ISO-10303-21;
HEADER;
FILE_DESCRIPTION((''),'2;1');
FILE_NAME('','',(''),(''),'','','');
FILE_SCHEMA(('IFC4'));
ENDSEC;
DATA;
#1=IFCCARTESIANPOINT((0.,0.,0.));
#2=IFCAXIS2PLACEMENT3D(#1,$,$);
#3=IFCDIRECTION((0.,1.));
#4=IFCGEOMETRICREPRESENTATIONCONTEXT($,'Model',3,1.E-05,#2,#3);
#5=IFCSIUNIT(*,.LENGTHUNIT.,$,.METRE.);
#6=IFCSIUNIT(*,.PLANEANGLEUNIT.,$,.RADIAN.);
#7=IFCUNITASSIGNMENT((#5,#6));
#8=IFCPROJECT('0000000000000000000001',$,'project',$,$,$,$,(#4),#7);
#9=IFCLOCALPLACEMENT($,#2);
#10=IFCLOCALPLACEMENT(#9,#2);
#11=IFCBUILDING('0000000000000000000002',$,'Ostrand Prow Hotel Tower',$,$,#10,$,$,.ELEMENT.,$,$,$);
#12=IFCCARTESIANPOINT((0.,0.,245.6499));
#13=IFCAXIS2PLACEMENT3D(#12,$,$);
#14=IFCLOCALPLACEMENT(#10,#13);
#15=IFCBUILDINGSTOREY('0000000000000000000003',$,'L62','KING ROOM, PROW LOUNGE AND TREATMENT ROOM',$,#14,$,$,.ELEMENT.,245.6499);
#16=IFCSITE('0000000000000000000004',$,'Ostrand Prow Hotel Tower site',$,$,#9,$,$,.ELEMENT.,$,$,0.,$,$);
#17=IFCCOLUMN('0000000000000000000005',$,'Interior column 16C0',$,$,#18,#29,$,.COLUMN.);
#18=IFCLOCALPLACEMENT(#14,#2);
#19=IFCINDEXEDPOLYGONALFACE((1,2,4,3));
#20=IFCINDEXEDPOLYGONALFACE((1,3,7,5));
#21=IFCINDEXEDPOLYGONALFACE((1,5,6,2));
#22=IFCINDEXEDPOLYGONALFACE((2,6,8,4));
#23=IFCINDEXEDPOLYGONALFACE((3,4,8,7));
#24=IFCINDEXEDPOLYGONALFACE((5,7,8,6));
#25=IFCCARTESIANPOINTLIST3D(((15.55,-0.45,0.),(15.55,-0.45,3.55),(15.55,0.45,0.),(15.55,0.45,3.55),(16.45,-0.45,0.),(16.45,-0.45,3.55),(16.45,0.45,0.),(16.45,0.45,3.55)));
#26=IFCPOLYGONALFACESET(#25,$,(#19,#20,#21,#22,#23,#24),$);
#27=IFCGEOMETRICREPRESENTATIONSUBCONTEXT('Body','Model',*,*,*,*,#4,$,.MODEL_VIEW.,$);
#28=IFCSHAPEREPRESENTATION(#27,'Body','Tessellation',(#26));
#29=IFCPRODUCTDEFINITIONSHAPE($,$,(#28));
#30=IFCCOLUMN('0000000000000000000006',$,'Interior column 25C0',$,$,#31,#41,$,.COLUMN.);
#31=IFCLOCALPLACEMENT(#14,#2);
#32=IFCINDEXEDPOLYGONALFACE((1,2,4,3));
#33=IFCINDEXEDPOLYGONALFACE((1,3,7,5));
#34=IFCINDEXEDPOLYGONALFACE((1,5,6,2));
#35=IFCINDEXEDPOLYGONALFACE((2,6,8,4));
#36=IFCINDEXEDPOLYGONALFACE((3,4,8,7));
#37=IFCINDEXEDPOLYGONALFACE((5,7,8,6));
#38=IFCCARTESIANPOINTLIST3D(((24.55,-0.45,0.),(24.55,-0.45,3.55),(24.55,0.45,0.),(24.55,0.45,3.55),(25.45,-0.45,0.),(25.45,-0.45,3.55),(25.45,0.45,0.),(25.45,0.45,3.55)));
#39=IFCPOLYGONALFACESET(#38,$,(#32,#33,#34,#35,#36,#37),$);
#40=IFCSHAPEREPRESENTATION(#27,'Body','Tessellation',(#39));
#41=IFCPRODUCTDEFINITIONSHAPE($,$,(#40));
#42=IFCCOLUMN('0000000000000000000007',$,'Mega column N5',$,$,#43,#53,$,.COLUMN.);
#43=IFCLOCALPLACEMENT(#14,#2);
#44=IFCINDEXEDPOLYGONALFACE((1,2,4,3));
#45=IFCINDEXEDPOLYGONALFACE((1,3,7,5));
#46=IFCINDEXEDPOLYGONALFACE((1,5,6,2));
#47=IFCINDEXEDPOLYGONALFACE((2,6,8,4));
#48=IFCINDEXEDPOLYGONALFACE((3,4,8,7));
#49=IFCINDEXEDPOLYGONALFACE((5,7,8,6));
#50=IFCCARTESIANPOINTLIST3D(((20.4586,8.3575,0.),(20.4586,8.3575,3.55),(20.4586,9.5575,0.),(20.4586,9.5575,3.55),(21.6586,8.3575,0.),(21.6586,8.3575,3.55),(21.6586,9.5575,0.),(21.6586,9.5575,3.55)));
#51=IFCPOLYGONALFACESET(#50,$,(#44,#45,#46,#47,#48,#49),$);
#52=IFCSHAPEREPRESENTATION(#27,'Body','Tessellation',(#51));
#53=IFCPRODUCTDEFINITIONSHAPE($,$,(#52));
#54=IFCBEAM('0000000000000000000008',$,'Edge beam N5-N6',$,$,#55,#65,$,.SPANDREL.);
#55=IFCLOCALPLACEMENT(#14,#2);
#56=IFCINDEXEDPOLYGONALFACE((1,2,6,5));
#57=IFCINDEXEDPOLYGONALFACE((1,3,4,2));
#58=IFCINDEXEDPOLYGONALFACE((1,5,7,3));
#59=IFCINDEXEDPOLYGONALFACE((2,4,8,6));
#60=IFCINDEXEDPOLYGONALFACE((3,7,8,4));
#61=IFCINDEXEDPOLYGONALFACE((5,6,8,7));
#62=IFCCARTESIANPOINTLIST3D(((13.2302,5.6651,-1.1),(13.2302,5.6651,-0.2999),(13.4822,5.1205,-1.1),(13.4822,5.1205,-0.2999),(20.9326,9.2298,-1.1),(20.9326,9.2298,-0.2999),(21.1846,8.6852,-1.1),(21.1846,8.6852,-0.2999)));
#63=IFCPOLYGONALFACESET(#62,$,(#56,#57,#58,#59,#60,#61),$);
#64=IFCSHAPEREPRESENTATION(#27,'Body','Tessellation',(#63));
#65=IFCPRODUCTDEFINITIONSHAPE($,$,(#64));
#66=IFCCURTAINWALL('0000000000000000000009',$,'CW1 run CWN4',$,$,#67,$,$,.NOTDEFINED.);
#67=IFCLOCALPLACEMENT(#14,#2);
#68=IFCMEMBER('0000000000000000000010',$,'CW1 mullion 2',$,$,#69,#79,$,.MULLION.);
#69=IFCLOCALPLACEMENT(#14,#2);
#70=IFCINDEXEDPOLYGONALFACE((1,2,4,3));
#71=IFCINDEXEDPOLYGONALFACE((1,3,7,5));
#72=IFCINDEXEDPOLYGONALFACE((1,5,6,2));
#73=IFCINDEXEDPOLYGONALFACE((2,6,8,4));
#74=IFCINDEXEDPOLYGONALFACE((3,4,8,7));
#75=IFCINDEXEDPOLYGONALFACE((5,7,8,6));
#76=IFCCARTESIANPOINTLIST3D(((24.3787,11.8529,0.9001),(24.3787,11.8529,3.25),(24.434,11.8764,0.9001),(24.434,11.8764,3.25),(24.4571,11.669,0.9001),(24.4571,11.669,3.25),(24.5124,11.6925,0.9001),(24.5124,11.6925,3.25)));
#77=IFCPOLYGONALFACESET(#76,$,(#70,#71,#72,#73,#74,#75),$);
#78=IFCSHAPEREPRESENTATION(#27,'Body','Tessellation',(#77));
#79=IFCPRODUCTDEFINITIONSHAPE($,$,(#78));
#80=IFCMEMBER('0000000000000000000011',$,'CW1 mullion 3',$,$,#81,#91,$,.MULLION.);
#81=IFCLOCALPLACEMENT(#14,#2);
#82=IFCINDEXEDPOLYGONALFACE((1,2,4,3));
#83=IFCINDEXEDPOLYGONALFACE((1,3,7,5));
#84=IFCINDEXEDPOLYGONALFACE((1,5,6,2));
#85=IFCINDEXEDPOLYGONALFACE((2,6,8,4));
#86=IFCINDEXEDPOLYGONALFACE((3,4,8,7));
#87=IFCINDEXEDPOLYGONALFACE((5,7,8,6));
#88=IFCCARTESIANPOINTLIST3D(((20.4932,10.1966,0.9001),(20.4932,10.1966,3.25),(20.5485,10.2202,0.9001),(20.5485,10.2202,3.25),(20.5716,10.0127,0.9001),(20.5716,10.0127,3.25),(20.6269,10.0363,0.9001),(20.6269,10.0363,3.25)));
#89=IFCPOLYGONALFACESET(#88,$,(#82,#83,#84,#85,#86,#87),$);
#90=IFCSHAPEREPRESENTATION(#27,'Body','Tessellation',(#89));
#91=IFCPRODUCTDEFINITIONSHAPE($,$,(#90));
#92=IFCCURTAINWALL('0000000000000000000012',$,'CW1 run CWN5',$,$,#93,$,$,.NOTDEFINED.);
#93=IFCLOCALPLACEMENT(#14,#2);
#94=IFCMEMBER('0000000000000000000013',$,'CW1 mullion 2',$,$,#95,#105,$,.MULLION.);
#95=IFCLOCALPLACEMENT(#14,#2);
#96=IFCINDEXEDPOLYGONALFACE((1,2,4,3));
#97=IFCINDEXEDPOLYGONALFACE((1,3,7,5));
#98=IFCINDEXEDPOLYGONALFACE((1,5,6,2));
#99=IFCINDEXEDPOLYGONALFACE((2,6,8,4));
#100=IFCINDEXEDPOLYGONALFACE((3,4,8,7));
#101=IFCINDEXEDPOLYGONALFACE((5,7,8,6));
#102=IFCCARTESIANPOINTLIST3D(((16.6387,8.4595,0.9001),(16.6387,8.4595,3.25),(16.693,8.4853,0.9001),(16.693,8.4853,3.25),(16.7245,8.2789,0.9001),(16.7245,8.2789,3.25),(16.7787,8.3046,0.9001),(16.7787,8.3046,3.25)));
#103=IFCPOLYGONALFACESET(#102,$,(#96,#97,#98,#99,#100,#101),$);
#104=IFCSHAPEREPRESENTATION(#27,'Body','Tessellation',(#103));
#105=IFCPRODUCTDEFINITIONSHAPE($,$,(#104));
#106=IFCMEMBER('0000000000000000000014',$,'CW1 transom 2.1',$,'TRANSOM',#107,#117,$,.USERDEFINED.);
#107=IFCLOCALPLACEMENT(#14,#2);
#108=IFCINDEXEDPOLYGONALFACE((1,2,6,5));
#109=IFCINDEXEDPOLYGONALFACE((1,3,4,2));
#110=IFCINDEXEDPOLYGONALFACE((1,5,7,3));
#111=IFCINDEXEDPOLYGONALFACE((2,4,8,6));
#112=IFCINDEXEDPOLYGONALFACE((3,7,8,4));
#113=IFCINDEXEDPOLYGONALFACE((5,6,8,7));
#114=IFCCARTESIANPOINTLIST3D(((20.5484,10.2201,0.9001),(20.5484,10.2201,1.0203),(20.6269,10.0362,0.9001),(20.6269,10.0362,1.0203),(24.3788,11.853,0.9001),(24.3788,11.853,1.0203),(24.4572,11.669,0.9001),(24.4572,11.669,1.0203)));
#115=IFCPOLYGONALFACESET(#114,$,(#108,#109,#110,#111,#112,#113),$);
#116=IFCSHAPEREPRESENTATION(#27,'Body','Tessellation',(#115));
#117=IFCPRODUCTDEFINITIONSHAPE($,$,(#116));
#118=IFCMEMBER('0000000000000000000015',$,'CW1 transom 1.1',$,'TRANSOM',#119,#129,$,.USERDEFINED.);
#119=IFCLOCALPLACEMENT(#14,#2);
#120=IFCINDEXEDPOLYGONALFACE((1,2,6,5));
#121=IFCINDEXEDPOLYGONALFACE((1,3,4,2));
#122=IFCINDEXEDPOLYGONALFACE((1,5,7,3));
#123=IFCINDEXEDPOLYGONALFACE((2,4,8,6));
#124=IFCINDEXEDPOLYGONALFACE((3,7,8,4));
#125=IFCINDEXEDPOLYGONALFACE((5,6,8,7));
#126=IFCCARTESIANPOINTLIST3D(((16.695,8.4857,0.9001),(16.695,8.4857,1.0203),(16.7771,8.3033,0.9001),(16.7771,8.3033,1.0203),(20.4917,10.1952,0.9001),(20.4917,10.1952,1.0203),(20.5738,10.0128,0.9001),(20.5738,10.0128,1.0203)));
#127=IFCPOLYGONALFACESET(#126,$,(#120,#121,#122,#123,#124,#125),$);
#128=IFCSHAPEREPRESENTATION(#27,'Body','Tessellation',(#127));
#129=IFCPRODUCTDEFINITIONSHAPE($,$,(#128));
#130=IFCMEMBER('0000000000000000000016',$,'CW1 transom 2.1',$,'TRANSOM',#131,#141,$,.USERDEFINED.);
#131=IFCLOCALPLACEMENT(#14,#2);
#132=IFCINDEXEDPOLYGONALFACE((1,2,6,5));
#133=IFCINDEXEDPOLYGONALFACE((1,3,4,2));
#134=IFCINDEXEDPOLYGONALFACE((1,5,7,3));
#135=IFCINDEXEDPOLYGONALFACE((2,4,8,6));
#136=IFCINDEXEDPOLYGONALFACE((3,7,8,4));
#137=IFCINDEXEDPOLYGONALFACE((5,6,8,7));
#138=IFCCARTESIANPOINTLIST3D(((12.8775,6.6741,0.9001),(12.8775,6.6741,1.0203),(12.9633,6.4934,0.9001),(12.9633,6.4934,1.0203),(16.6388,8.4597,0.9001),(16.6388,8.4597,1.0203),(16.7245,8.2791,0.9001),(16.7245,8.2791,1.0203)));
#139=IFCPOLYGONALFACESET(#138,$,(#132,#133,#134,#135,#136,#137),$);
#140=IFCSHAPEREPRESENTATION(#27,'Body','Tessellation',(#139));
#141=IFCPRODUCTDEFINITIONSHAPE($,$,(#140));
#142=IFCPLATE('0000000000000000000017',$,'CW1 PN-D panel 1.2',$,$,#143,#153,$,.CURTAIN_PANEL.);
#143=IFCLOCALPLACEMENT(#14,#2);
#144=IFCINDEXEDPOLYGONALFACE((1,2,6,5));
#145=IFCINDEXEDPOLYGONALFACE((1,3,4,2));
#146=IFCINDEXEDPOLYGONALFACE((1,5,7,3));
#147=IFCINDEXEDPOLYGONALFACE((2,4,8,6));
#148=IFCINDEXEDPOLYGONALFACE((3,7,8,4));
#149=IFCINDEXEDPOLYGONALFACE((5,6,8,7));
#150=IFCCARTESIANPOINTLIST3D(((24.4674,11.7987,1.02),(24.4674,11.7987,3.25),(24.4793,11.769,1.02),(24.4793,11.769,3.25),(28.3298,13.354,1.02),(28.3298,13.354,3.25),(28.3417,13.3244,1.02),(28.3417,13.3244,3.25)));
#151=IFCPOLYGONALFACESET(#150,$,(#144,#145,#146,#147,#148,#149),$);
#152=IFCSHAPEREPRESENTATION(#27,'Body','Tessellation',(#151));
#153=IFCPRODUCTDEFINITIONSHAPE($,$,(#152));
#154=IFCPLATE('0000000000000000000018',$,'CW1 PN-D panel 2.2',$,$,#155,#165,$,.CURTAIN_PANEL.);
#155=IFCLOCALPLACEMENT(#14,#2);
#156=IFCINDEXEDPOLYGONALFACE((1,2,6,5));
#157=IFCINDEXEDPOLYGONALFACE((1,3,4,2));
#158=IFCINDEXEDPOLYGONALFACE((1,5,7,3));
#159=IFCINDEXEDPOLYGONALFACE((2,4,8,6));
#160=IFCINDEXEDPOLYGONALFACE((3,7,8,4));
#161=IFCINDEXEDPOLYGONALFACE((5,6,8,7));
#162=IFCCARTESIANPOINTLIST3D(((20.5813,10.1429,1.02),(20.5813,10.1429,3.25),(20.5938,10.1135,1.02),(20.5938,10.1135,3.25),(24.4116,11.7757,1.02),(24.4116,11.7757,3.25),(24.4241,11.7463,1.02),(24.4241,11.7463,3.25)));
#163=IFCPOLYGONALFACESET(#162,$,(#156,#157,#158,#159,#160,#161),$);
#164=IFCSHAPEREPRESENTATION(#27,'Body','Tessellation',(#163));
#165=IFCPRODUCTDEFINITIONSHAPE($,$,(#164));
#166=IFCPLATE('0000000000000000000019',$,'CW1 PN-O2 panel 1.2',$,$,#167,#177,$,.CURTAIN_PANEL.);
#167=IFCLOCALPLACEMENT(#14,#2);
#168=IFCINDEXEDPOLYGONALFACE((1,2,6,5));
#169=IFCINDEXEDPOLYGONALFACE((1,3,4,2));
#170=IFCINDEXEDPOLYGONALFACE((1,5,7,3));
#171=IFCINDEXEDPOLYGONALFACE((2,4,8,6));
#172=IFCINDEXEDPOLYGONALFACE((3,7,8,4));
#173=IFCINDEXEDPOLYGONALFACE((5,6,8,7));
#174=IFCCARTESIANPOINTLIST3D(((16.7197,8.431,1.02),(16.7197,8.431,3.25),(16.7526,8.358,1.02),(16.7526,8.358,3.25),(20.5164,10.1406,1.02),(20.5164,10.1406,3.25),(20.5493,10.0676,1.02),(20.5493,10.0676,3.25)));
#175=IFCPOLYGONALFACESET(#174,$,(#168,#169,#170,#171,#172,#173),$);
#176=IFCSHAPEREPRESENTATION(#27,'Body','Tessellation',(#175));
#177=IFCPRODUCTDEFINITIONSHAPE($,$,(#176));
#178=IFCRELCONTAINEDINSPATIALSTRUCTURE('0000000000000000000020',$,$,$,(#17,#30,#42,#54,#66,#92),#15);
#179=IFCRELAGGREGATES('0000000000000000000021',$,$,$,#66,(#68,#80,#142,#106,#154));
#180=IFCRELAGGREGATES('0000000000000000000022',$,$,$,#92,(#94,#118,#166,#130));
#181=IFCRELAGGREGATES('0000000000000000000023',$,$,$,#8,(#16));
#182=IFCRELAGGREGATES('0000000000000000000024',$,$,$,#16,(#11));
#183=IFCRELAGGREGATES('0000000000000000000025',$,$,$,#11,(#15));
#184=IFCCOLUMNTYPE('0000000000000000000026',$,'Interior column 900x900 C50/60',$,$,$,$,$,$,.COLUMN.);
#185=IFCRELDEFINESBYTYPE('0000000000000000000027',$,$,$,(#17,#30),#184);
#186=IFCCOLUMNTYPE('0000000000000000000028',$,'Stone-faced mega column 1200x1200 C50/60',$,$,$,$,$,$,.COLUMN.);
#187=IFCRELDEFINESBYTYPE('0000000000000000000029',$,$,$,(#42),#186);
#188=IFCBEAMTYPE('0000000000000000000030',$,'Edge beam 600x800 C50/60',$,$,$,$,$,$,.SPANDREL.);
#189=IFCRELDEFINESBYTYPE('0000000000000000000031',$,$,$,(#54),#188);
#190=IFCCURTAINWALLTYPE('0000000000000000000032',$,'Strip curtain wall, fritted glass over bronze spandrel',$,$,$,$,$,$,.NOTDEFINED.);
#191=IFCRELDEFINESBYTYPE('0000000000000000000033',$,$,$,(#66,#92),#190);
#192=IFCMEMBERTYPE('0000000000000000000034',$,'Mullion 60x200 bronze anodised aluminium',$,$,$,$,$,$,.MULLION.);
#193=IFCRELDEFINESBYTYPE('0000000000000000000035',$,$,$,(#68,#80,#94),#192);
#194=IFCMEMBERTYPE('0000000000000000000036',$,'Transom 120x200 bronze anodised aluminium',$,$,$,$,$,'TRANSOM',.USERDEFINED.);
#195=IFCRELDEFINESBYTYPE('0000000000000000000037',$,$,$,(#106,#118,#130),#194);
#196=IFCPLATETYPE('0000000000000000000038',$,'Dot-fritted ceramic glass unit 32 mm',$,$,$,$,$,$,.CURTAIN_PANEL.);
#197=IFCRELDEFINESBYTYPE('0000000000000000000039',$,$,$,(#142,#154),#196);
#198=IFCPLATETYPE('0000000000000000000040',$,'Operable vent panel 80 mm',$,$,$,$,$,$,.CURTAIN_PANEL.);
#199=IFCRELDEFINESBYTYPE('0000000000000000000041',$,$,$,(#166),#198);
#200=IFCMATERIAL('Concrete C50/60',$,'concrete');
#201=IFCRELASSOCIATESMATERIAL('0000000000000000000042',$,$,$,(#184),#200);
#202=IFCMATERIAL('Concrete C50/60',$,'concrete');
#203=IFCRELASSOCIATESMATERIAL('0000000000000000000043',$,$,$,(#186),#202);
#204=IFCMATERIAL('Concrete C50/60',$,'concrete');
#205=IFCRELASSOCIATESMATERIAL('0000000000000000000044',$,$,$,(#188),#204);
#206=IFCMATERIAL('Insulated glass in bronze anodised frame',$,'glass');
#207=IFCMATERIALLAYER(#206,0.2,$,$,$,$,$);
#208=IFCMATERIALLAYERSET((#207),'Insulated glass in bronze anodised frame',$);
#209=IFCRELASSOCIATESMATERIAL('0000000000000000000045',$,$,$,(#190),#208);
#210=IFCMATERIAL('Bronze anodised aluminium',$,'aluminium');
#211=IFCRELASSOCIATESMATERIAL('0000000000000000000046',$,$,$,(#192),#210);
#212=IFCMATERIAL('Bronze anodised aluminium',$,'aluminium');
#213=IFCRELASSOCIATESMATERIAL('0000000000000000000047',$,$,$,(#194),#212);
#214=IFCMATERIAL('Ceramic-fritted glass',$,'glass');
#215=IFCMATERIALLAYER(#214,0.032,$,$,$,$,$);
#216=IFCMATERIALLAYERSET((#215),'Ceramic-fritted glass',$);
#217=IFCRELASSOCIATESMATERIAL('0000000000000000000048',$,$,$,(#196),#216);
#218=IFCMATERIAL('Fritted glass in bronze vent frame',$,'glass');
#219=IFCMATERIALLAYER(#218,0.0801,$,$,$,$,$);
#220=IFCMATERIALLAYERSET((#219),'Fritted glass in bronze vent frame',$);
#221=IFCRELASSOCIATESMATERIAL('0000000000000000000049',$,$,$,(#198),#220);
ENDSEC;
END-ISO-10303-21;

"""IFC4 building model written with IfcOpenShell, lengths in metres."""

from ifc_helpers import new_model, si_unit, direction, frame, origin, origin_2d, place, context, subcontext, project, spatial, rectangle, extrude, material, layer, layer_set, material_profile, profile_set, type_object, element, aggregate, save


model = new_model("IFC4")

# Units and contexts
model_context = context("Model", 3, precision=1e-05, world=origin(), true_north=direction((0.0, 1.0)))
body_context = subcontext(model_context, "Body", "Model", "MODEL_VIEW")
ifc_project = project(units=[si_unit("LENGTHUNIT", "METRE"), si_unit("PLANEANGLEUNIT", "RADIAN")], contexts=[model_context])

# Site, building, storey
site_placement = place(None, origin())
site = spatial("IfcSite", under=ifc_project, at=site_placement, Name="Ostrand Prow Hotel Tower site", CompositionType="ELEMENT", RefElevation=0.0)
building_placement = place(site_placement, origin())
building = spatial("IfcBuilding", under=site, at=building_placement, Name="Ostrand Prow Hotel Tower", CompositionType="ELEMENT")
storey_placement = place(building_placement, frame((0.0, 0.0, 245.6499)))
storey = spatial("IfcBuildingStorey", under=building, at=storey_placement, Name="L62", Description="KING ROOM, PROW LOUNGE AND TREATMENT ROOM", CompositionType="ELEMENT", Elevation=245.6499)

# Columns
ifc_material_1 = material(Name="Concrete C50/60", Category="concrete")
ifc_material_profile_1 = material_profile(ifc_material_1, rectangle(XDim=0.8999, YDim=0.8999, at=origin_2d()), Name="RC 900x900")
ifc_profile_set_1 = profile_set([ifc_material_profile_1], Name="Concrete C50/60")
column_type_1 = type_object("IfcColumnType", Name="Interior column 900x900 C50/60", PredefinedType="COLUMN", material=ifc_profile_set_1)
for number, where, z_axis, x_axis, name in (
    (1, (16.0, 0.0, 0.0), (0.0, 0.0, 1.0), (1.0, 0.0, 0.0), "Interior column 16C0"),
    (2, (25.0, 0.0, 0.0), (0.0, 0.0, 1.0), (1.0, 0.0, 0.0), "Interior column 25C0"),
):
    element("IfcColumn", number, at=place(storey_placement, frame(where, z_axis=z_axis, x_axis=x_axis)), inside=storey, type_object=column_type_1, Name=name, PredefinedType="COLUMN", context=body_context, shape_type="SweptSolid", body=[
        extrude(rectangle(XDim=0.8999, YDim=0.8999, at=origin_2d()), origin(), (0.0, 0.0, 1.0), 3.55),
    ])
ifc_material_2 = material(Name="Concrete C50/60", Category="concrete")
ifc_material_profile_2 = material_profile(ifc_material_2, rectangle(XDim=1.2, YDim=1.2, at=origin_2d()), Name="RC 1200x1200")
ifc_profile_set_2 = profile_set([ifc_material_profile_2], Name="Concrete C50/60")
column_type_2 = type_object("IfcColumnType", Name="Stone-faced mega column 1200x1200 C50/60", PredefinedType="COLUMN", material=ifc_profile_set_2)
column_placement = place(storey_placement, frame((21.0586, 8.9575, 0.0), z_axis=(0.0, 0.0, 1.0), x_axis=(1.0, 0.0, 0.0)))
element("IfcColumn", 3, at=column_placement, inside=storey, type_object=column_type_2, Name="Mega column N5", PredefinedType="COLUMN", context=body_context, shape_type="SweptSolid", body=[
    extrude(rectangle(XDim=1.2, YDim=1.2, at=origin_2d()), origin(), (0.0, 0.0, 1.0), 3.55),
])

# Beam
ifc_material_3 = material(Name="Concrete C50/60", Category="concrete")
ifc_material_profile_3 = material_profile(ifc_material_3, rectangle(XDim=0.6001, YDim=0.8, at=origin_2d()), Name="RC 600x800")
ifc_profile_set_3 = profile_set([ifc_material_profile_3], Name="Concrete C50/60")
beam_type = type_object("IfcBeamType", Name="Edge beam 600x800 C50/60", PredefinedType="SPANDREL", material=ifc_profile_set_3)
beam_placement = place(storey_placement, frame((21.0586, 8.9575, -0.7), z_axis=(-0.907522, -0.420005, 0.0), x_axis=(0.420005, -0.907522, 0.0)))
element("IfcBeam", 4, at=beam_placement, inside=storey, type_object=beam_type, Name="Edge beam N5-N6", PredefinedType="SPANDREL", context=body_context, shape_type="SweptSolid", body=[
    extrude(rectangle(XDim=0.6001, YDim=0.8, at=origin_2d()), origin(), (0.0, 0.0, 1.0), 8.4873),
])

# Curtain wall, members
ifc_material_4 = material(Name="Insulated glass in bronze anodised frame", Category="glass")
ifc_layer_1 = layer(ifc_material_4, 0.2)
ifc_layer_set_1 = layer_set([ifc_layer_1], Name="Insulated glass in bronze anodised frame")
curtain_wall_type = type_object("IfcCurtainWallType", Name="Strip curtain wall, fritted glass over bronze spandrel", PredefinedType="NOTDEFINED", material=ifc_layer_set_1)
curtain_wall_1_placement = place(storey_placement, origin())
curtain_wall_1 = element("IfcCurtainWall", 5, at=curtain_wall_1_placement, inside=storey, type_object=curtain_wall_type, Name="CW1 run CWN4", PredefinedType="NOTDEFINED")
ifc_material_5 = material(Name="Bronze anodised aluminium", Category="aluminium")
ifc_material_profile_4 = material_profile(ifc_material_5, rectangle(XDim=0.2, YDim=0.0601, at=origin_2d()), Name="Mullion 60x200 bronze anodised aluminium")
ifc_profile_set_4 = profile_set([ifc_material_profile_4], Name="Bronze anodised aluminium")
member_type_1 = type_object("IfcMemberType", Name="Mullion 60x200 bronze anodised aluminium", PredefinedType="MULLION", material=ifc_profile_set_4)
member_1_placement = place(storey_placement, frame((24.4456, 11.7727, 0.9001), z_axis=(0.0, 0.0, 1.0), x_axis=(0.392136, -0.919907, 0.0)))
member_1 = element("IfcMember", 6, at=member_1_placement, type_object=member_type_1, Name="CW1 mullion 2", PredefinedType="MULLION", context=body_context, shape_type="SweptSolid", body=[
    extrude(rectangle(XDim=0.2, YDim=0.0601, at=origin_2d()), origin(), (0.0, 0.0, 1.0), 2.3499),
])
member_2_placement = place(storey_placement, frame((20.5601, 10.1165, 0.9001), z_axis=(0.0, 0.0, 1.0), x_axis=(0.392136, -0.919907, 0.0)))
member_2 = element("IfcMember", 7, at=member_2_placement, type_object=member_type_1, Name="CW1 mullion 3", PredefinedType="MULLION", context=body_context, shape_type="SweptSolid", body=[
    extrude(rectangle(XDim=0.2, YDim=0.0601, at=origin_2d()), origin(), (0.0, 0.0, 1.0), 2.3499),
])

# Curtain wall, member
curtain_wall_2_placement = place(storey_placement, origin())
curtain_wall_2 = element("IfcCurtainWall", 8, at=curtain_wall_2_placement, inside=storey, type_object=curtain_wall_type, Name="CW1 run CWN5", PredefinedType="NOTDEFINED")
member_3_placement = place(storey_placement, frame((16.7087, 8.3821, 0.9001), z_axis=(0.0, 0.0, 1.0), x_axis=(0.428861, -0.90337, 0.0)))
member_3 = element("IfcMember", 9, at=member_3_placement, type_object=member_type_1, Name="CW1 mullion 2", PredefinedType="MULLION", context=body_context, shape_type="SweptSolid", body=[
    extrude(rectangle(XDim=0.2, YDim=0.0601, at=origin_2d()), origin(), (0.0, 0.0, 1.0), 2.3499),
])

# Members
ifc_material_6 = material(Name="Bronze anodised aluminium", Category="aluminium")
ifc_material_profile_5 = material_profile(ifc_material_6, rectangle(XDim=0.2, YDim=0.1201, at=origin_2d()), Name="Transom 120x200 bronze anodised aluminium")
ifc_profile_set_5 = profile_set([ifc_material_profile_5], Name="Bronze anodised aluminium")
member_type_2 = type_object("IfcMemberType", Name="Transom 120x200 bronze anodised aluminium", ElementType="TRANSOM", PredefinedType="USERDEFINED", material=ifc_profile_set_5)
member_4_placement = place(storey_placement, frame((24.418, 11.761, 0.9602), z_axis=(-0.919905, -0.392142, 0.0), x_axis=(0.392142, -0.919905, 0.0)))
member_4 = element("IfcMember", 10, at=member_4_placement, type_object=member_type_2, Name="CW1 transom 2.1", ObjectType="TRANSOM", PredefinedType="USERDEFINED", context=body_context, shape_type="SweptSolid", body=[
    extrude(rectangle(XDim=0.2, YDim=0.1201, at=origin_2d()), origin(), (0.0, 0.0, 1.0), 4.1638),
])
member_5_placement = place(storey_placement, frame((20.5327, 10.104, 0.9602), z_axis=(-0.911833, -0.410562, 0.0), x_axis=(0.410562, -0.911833, 0.0)))
member_5 = element("IfcMember", 11, at=member_5_placement, type_object=member_type_2, Name="CW1 transom 1.1", ObjectType="TRANSOM", PredefinedType="USERDEFINED", context=body_context, shape_type="SweptSolid", body=[
    extrude(rectangle(XDim=0.2, YDim=0.1201, at=origin_2d()), origin(), (0.0, 0.0, 1.0), 4.1638),
])
member_6_placement = place(storey_placement, frame((16.6816, 8.3694, 0.9602), z_axis=(-0.903365, -0.428873, 0.0), x_axis=(0.428873, -0.903365, 0.0)))
member_6 = element("IfcMember", 12, at=member_6_placement, type_object=member_type_2, Name="CW1 transom 2.1", ObjectType="TRANSOM", PredefinedType="USERDEFINED", context=body_context, shape_type="SweptSolid", body=[
    extrude(rectangle(XDim=0.2, YDim=0.1201, at=origin_2d()), origin(), (0.0, 0.0, 1.0), 4.1636),
])

# Plates
ifc_material_7 = material(Name="Ceramic-fritted glass", Category="glass")
ifc_layer_2 = layer(ifc_material_7, 0.032)
ifc_layer_set_2 = layer_set([ifc_layer_2], Name="Ceramic-fritted glass")
plate_type_1 = type_object("IfcPlateType", Name="Dot-fritted ceramic glass unit 32 mm", PredefinedType="CURTAIN_PANEL", material=ifc_layer_set_2)
plate_1_placement = place(storey_placement, frame((26.4045, 12.5615, 1.02), z_axis=(0.0, 0.0, 1.0), x_axis=(-0.927617, -0.373533, 0.0)))
plate_1 = element("IfcPlate", 13, at=plate_1_placement, type_object=plate_type_1, Name="CW1 PN-D panel 1.2", PredefinedType="CURTAIN_PANEL", context=body_context, shape_type="SweptSolid", body=[
    extrude(rectangle(XDim=4.1638, YDim=0.032, at=origin_2d()), origin(), (0.0, 0.0, 1.0), 2.23),
])
plate_2_placement = place(storey_placement, frame((22.5027, 10.9446, 1.02), z_axis=(0.0, 0.0, 1.0), x_axis=(-0.919907, -0.392136, 0.0)))
plate_2 = element("IfcPlate", 14, at=plate_2_placement, type_object=plate_type_1, Name="CW1 PN-D panel 2.2", PredefinedType="CURTAIN_PANEL", context=body_context, shape_type="SweptSolid", body=[
    extrude(rectangle(XDim=4.1638, YDim=0.032, at=origin_2d()), origin(), (0.0, 0.0, 1.0), 2.23),
])
aggregate(curtain_wall_1, [member_1, member_2, plate_1, member_4, plate_2])
ifc_material_8 = material(Name="Fritted glass in bronze vent frame", Category="glass")
ifc_layer_3 = layer(ifc_material_8, 0.0801)
ifc_layer_set_3 = layer_set([ifc_layer_3], Name="Fritted glass in bronze vent frame")
plate_type_2 = type_object("IfcPlateType", Name="Operable vent panel 80 mm", PredefinedType="CURTAIN_PANEL", material=ifc_layer_set_3)
plate_3_placement = place(storey_placement, frame((18.6345, 9.2493, 1.02), z_axis=(0.0, 0.0, 1.0), x_axis=(-0.911824, -0.410582, 0.0)))
plate_3 = element("IfcPlate", 15, at=plate_3_placement, type_object=plate_type_2, Name="CW1 PN-O2 panel 1.2", PredefinedType="CURTAIN_PANEL", context=body_context, shape_type="SweptSolid", body=[
    extrude(rectangle(XDim=4.1638, YDim=0.0801, at=origin_2d()), origin(), (0.0, 0.0, 1.0), 2.23),
])
aggregate(curtain_wall_2, [member_3, member_5, plate_3, member_6])

save(model, "model.ifc")
